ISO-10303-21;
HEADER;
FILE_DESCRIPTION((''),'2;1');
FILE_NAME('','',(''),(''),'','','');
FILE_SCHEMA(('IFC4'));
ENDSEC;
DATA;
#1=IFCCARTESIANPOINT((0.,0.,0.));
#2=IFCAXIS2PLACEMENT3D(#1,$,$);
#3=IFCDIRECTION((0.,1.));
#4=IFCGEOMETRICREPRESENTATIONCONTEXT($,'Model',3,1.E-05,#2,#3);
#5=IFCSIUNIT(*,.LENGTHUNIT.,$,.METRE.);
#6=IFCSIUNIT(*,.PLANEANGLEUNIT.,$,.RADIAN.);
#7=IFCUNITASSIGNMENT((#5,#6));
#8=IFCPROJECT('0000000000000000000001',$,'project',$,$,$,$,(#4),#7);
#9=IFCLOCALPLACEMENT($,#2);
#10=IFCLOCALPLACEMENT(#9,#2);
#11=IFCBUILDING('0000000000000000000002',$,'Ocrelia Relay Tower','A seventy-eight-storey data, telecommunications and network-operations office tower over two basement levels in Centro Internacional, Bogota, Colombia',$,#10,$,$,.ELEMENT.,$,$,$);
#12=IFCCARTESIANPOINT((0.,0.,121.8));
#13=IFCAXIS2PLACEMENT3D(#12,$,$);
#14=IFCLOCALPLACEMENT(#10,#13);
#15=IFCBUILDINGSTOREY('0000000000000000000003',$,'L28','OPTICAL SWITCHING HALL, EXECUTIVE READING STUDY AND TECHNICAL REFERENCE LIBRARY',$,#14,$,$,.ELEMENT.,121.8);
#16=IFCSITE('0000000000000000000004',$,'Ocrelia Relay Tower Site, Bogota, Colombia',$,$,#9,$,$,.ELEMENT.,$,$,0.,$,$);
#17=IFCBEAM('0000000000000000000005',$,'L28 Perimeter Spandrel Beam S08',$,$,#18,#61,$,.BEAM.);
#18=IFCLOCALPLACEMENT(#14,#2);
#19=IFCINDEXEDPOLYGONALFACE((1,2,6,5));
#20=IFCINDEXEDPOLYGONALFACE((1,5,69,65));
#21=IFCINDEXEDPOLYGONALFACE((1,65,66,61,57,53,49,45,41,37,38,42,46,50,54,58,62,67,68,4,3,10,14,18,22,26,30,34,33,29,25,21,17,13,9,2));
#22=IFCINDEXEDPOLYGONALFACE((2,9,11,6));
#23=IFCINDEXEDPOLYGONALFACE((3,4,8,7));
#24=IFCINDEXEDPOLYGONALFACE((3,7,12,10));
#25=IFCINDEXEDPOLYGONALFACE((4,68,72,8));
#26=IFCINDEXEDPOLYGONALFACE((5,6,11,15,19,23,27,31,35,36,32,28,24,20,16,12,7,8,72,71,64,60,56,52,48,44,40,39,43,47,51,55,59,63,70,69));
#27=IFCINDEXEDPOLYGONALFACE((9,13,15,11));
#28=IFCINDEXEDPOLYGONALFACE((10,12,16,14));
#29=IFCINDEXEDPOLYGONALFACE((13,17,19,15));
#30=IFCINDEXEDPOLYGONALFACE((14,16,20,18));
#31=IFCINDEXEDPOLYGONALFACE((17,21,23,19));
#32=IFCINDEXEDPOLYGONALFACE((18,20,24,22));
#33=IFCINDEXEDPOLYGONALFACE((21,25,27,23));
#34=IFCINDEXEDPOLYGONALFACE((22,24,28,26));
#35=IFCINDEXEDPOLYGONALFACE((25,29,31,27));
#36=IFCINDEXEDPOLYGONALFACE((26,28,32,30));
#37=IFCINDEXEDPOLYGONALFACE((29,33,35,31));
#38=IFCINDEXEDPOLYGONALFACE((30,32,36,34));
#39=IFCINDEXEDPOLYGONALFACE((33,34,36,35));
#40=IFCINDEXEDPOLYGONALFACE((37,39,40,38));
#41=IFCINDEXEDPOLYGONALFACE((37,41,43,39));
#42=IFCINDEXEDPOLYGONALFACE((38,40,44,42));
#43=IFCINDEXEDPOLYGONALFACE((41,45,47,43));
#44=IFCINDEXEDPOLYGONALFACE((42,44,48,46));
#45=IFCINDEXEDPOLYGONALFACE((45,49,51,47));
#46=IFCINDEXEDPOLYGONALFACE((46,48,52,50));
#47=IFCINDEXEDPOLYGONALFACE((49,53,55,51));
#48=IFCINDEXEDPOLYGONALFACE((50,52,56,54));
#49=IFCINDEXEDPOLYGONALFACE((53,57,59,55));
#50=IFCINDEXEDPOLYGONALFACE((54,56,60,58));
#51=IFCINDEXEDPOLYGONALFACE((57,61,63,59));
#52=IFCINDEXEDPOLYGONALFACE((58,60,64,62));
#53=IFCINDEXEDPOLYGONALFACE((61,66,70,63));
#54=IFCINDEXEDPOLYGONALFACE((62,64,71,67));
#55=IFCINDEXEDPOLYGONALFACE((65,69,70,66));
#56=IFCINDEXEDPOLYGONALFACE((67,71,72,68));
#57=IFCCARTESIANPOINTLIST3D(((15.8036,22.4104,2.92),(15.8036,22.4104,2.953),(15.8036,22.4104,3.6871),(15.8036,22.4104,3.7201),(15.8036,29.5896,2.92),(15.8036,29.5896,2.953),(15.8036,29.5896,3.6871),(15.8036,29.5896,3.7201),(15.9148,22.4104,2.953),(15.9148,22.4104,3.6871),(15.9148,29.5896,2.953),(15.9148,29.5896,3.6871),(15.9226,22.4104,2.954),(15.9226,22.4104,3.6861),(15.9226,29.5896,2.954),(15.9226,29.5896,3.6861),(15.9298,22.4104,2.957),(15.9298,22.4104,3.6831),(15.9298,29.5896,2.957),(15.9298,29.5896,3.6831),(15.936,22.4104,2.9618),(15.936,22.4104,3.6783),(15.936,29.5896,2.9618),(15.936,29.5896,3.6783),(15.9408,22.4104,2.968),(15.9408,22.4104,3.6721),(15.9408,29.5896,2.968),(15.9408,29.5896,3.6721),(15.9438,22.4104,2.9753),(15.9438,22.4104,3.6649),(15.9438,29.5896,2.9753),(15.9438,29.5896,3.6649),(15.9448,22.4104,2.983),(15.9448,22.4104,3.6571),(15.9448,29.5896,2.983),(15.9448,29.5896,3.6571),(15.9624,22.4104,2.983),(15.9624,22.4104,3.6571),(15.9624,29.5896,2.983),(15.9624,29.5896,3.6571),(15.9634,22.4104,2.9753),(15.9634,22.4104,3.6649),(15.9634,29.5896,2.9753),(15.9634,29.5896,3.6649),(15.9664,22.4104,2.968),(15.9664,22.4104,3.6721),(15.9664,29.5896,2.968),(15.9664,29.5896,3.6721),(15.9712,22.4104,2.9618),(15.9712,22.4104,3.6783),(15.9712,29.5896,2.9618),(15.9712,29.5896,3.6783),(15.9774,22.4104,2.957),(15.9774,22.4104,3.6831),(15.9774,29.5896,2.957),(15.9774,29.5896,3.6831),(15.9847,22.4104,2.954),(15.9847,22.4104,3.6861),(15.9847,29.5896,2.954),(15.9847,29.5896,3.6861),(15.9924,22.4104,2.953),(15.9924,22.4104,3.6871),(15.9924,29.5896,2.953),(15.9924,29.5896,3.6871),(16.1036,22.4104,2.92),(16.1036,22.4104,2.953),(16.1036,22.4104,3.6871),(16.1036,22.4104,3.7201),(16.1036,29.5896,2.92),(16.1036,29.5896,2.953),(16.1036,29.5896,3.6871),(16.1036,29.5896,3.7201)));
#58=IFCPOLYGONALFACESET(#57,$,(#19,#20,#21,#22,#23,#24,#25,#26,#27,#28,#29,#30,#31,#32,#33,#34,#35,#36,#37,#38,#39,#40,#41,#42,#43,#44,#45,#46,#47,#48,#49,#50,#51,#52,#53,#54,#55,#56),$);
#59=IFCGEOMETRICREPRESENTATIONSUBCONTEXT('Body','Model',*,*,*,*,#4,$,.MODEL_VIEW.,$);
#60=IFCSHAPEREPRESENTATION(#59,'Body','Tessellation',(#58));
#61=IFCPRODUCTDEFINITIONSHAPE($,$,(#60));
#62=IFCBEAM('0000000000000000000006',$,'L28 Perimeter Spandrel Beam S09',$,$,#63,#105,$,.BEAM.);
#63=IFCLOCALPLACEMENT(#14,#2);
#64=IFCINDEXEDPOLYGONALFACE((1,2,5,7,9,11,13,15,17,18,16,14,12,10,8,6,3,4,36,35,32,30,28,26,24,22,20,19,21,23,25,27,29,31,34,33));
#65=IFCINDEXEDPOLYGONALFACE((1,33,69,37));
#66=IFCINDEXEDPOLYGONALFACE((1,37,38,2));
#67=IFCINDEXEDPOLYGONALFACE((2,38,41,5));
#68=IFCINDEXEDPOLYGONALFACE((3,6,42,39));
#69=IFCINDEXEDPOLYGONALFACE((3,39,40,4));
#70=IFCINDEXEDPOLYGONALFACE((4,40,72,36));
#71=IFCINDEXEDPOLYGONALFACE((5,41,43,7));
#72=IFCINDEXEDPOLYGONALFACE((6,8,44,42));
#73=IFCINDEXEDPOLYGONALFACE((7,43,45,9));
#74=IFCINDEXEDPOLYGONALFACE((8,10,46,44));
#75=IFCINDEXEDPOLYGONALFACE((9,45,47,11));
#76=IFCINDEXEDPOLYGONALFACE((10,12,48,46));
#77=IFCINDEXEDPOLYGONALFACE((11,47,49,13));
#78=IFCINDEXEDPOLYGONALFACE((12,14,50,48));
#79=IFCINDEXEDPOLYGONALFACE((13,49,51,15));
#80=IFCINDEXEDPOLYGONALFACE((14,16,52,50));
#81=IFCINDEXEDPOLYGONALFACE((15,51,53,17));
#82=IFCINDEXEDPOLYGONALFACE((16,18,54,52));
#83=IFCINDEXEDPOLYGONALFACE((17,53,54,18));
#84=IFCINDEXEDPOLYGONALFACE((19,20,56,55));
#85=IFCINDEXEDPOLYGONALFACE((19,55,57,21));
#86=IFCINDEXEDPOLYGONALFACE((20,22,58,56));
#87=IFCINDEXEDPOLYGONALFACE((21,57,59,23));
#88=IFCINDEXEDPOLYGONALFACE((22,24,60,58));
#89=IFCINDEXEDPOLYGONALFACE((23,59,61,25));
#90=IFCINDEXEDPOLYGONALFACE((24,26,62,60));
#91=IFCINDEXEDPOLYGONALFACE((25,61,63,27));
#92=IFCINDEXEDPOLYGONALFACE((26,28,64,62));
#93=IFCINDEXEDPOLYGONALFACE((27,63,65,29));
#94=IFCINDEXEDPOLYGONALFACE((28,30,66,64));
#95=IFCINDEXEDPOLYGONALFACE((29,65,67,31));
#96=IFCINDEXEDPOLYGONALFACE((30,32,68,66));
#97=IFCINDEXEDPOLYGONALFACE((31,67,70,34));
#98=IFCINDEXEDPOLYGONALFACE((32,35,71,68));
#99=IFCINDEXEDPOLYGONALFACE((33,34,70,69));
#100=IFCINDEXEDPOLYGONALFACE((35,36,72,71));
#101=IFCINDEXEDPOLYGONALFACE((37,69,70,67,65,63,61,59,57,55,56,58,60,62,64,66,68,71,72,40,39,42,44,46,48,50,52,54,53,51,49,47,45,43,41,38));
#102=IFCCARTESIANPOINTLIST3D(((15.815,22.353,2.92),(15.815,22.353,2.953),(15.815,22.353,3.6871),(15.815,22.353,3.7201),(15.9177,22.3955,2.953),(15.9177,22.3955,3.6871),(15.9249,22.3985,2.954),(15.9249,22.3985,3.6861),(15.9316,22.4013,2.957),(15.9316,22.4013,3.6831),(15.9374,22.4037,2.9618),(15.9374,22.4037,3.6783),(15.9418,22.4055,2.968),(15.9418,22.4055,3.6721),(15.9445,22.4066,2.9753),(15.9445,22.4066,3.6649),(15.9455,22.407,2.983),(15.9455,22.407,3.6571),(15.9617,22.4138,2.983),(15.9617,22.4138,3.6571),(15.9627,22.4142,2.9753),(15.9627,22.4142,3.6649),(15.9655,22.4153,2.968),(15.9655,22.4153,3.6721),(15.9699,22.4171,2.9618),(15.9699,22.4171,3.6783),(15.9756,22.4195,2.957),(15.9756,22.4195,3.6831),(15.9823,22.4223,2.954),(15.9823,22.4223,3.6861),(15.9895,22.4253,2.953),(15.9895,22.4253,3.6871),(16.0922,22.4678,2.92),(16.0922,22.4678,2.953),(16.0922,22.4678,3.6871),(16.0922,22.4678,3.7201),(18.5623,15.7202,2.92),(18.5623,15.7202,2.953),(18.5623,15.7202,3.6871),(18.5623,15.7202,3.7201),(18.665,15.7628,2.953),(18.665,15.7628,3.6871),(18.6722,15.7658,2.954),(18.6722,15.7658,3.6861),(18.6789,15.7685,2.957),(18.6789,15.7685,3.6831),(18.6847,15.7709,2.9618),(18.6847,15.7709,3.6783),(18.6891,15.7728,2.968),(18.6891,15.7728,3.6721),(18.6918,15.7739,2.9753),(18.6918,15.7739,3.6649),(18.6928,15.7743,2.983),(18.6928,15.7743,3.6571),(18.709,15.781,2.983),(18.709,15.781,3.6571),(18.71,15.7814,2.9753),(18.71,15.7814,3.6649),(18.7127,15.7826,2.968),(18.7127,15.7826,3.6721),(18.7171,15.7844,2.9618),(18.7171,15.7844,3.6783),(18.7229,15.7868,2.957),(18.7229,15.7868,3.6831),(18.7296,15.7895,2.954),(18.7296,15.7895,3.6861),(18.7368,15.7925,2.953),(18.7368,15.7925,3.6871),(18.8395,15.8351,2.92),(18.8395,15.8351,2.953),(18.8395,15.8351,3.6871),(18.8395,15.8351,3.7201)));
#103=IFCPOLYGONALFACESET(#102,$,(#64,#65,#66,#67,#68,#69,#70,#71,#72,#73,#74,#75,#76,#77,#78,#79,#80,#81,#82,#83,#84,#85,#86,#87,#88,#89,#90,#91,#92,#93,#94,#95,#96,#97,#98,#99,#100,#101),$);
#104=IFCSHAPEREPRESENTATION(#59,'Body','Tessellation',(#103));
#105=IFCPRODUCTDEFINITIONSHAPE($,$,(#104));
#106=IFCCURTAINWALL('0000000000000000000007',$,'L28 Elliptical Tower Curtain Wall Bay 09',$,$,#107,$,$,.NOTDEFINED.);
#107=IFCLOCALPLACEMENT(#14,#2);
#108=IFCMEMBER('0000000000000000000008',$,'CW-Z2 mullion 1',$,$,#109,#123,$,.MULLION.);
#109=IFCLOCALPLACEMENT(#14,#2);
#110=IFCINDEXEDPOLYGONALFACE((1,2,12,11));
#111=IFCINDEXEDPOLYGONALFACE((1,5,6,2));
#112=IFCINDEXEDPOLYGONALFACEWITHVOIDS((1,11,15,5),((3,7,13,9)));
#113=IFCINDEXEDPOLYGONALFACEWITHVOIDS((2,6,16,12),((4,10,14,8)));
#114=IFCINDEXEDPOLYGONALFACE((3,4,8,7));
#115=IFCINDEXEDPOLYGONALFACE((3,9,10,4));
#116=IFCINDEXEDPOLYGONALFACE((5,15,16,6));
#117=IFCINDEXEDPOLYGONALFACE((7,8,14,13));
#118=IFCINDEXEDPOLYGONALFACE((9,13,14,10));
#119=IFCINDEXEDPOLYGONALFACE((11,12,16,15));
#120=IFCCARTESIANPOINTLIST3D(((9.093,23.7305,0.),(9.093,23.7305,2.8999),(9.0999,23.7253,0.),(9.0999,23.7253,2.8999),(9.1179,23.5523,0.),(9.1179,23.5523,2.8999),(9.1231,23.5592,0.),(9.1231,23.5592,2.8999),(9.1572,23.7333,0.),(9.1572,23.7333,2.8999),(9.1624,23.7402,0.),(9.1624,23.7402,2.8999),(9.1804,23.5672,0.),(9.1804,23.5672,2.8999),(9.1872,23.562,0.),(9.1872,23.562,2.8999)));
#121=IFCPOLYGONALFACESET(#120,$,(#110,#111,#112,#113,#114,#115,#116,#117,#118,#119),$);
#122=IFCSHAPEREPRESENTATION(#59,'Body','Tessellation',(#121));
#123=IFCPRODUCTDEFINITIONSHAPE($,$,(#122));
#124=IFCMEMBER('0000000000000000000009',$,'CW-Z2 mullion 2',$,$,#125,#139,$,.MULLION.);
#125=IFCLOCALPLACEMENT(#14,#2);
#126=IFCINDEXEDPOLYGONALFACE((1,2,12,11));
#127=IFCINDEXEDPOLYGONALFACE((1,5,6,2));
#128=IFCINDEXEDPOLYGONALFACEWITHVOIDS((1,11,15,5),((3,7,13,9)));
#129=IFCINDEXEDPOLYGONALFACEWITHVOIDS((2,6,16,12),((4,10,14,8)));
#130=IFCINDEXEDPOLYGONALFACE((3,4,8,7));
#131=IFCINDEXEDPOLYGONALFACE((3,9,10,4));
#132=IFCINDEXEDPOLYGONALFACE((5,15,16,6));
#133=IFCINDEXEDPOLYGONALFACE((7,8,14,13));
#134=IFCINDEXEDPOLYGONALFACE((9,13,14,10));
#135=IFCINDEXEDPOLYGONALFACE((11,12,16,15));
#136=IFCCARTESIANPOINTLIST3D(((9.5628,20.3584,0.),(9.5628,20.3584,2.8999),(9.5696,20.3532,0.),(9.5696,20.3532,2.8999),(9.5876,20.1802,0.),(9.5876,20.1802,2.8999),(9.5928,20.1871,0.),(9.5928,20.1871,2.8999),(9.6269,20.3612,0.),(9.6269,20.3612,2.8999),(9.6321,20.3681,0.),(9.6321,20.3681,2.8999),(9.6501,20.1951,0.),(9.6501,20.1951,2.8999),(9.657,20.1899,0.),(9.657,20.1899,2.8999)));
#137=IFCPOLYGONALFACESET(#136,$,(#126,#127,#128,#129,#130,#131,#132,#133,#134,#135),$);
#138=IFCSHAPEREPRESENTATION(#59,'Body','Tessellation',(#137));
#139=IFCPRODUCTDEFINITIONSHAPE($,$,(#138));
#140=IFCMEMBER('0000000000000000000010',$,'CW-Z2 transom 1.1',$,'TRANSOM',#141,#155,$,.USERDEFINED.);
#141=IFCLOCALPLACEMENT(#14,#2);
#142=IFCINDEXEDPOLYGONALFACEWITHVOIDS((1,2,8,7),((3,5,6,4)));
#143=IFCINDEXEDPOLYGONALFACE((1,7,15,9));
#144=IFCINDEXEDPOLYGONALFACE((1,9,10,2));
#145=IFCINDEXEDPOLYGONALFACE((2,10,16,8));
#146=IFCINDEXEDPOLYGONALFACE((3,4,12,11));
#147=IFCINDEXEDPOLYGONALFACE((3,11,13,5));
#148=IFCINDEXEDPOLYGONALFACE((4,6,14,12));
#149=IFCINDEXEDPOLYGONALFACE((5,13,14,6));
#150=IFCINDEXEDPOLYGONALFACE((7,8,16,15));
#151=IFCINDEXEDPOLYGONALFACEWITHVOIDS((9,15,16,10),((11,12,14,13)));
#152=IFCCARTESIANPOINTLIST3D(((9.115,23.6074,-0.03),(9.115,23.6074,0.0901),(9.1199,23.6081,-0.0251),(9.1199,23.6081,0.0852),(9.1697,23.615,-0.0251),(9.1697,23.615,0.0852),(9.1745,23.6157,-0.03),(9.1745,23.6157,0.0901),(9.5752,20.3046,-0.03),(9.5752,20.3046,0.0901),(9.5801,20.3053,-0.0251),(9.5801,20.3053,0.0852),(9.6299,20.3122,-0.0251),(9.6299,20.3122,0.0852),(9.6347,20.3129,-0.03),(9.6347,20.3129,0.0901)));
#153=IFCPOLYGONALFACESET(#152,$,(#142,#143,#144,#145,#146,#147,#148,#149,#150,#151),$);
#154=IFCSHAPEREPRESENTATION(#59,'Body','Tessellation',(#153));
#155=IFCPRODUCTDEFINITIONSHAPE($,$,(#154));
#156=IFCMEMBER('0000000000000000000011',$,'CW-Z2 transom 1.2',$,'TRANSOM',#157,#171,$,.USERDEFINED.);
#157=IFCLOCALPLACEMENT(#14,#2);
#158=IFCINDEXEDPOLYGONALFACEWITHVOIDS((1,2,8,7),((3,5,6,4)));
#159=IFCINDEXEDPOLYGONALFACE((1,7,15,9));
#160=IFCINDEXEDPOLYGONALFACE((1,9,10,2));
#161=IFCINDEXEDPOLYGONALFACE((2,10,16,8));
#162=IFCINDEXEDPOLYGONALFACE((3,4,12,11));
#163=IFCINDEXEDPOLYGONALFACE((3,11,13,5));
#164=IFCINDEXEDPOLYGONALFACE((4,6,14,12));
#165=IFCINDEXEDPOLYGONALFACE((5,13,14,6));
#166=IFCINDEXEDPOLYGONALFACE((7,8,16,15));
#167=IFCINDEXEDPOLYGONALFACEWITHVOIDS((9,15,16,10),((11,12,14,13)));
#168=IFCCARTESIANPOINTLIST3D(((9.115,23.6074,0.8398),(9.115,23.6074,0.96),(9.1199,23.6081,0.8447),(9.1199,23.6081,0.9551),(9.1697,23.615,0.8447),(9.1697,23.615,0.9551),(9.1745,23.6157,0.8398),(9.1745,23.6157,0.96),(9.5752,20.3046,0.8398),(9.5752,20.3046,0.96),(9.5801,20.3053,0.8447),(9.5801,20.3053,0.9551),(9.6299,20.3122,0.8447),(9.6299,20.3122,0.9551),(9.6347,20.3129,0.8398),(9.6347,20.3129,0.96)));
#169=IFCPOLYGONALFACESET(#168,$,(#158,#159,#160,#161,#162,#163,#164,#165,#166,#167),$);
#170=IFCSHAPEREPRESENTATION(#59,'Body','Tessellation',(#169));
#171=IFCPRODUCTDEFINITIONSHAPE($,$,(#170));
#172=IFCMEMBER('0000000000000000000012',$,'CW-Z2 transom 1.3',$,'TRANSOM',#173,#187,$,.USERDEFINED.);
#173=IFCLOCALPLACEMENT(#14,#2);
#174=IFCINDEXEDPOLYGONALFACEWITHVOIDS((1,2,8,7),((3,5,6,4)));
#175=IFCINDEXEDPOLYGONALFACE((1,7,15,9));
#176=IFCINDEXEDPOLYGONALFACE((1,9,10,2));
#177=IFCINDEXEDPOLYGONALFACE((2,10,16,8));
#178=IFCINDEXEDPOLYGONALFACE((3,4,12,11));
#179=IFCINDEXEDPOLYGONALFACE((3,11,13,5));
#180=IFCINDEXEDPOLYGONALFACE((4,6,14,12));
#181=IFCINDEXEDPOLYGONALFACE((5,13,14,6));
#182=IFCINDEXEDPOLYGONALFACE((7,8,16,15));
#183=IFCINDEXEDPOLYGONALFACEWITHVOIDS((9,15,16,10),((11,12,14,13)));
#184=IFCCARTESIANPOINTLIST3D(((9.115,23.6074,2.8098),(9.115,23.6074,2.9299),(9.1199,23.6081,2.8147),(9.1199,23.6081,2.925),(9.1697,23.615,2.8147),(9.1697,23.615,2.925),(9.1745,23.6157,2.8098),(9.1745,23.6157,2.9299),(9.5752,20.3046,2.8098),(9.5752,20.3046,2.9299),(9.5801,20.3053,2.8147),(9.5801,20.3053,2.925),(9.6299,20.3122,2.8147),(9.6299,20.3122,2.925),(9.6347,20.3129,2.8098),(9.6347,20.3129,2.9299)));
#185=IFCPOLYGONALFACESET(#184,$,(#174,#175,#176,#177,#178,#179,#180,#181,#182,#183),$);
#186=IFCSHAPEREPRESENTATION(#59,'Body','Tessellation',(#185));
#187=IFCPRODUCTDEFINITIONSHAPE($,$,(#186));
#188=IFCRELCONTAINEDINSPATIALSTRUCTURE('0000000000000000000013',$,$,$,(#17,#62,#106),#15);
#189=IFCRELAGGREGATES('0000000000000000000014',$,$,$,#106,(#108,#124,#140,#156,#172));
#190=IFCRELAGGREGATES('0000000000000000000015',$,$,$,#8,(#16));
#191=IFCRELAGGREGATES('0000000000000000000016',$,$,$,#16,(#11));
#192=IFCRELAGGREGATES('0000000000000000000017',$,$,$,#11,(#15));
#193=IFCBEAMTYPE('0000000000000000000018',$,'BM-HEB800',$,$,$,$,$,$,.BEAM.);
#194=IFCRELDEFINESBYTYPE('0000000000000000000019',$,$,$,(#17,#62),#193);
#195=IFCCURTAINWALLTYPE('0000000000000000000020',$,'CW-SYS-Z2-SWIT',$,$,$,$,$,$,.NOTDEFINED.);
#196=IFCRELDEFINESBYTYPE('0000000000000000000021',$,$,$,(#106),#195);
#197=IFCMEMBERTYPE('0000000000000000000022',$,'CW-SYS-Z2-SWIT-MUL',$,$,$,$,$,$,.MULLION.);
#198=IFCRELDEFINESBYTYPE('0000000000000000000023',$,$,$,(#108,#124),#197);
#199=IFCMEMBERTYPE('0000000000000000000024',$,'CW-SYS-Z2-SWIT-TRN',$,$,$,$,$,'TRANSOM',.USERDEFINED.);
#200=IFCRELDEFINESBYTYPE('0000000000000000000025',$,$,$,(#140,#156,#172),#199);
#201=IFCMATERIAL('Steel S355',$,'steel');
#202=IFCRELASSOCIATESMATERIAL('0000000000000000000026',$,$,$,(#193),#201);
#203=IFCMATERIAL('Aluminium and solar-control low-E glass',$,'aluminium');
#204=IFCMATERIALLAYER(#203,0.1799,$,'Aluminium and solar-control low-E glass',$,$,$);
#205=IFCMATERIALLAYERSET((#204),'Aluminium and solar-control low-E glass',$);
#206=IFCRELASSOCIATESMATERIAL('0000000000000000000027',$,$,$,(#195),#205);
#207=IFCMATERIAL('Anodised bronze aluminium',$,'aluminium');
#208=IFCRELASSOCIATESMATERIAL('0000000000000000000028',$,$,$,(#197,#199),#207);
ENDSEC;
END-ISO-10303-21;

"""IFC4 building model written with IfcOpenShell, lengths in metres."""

from ifc_helpers import new_model, si_unit, direction, frame, origin, origin_2d, place, context, subcontext, project, spatial, hollow_rectangle, i_section, extrude, material, layer, layer_set, material_profile, profile_set, type_object, element, aggregate, save


model = new_model("IFC4")

# Units and contexts
model_context = context("Model", 3, precision=1e-05, world=origin(), true_north=direction((0.0, 1.0)))
body_context = subcontext(model_context, "Body", "Model", "MODEL_VIEW")
ifc_project = project(units=[si_unit("LENGTHUNIT", "METRE"), si_unit("PLANEANGLEUNIT", "RADIAN")], contexts=[model_context])

# Site, building, storey
site_placement = place(None, origin())
site = spatial("IfcSite", under=ifc_project, at=site_placement, Name="Ocrelia Relay Tower Site, Bogota, Colombia", CompositionType="ELEMENT", RefElevation=0.0)
building_placement = place(site_placement, origin())
building = spatial("IfcBuilding", under=site, at=building_placement, Name="Ocrelia Relay Tower", Description="A seventy-eight-storey data, telecommunications and network-operations office tower over two basement levels in Centro Internacional, Bogota, Colombia", CompositionType="ELEMENT")
storey_placement = place(building_placement, frame((0.0, 0.0, 121.8)))
storey = spatial("IfcBuildingStorey", under=building, at=storey_placement, Name="L28", Description="OPTICAL SWITCHING HALL, EXECUTIVE READING STUDY AND TECHNICAL REFERENCE LIBRARY", CompositionType="ELEMENT", Elevation=121.8)

# Beams
ifc_material_1 = material(Name="Steel S355", Category="steel")
ifc_material_profile_1 = material_profile(ifc_material_1, i_section(OverallWidth=0.3, OverallDepth=0.8, WebThickness=0.0176, FlangeThickness=0.033, FilletRadius=0.03, at=origin_2d()), Name="HEB 800")
ifc_profile_set_1 = profile_set([ifc_material_profile_1], Name="Steel S355")
beam_type_1 = type_object("IfcBeamType", Name="BM-HEB800", PredefinedType="BEAM", material=ifc_profile_set_1)
for number, where, z_axis, x_axis, name in (
    (1, (15.9536, 29.5896, 3.3201), (0.0, -1.0, 0.0), (1.0, 0.0, 0.0), "L28 Perimeter Spandrel Beam S08"),
    (2, (15.9536, 22.4104, 3.3201), (0.382673, -0.923884, 0.0), (0.923884, 0.382673, 0.0), "L28 Perimeter Spandrel Beam S09"),
):
    element("IfcBeam", number, at=place(storey_placement, frame(where, z_axis=z_axis, x_axis=x_axis)), inside=storey, type_object=beam_type_1, Name=name, PredefinedType="BEAM", context=body_context, shape_type="SweptSolid", body=[
        extrude(i_section(OverallWidth=0.3, OverallDepth=0.8, WebThickness=0.0176, FlangeThickness=0.033, FilletRadius=0.03, at=origin_2d()), origin(), (0.0, 0.0, 1.0), 7.1792),
    ])

# Curtain wall, members
ifc_material_2 = material(Name="Aluminium and solar-control low-E glass", Category="aluminium")
ifc_layer_1 = layer(ifc_material_2, 0.1799, Name="Aluminium and solar-control low-E glass")
ifc_layer_set_1 = layer_set([ifc_layer_1], Name="Aluminium and solar-control low-E glass")
curtain_wall_type = type_object("IfcCurtainWallType", Name="CW-SYS-Z2-SWIT", PredefinedType="NOTDEFINED", material=ifc_layer_set_1)
curtain_wall_placement = place(storey_placement, origin())
curtain_wall = element("IfcCurtainWall", 3, at=curtain_wall_placement, inside=storey, type_object=curtain_wall_type, Name="L28 Elliptical Tower Curtain Wall Bay 09", PredefinedType="NOTDEFINED")
ifc_material_3 = material(Name="Anodised bronze aluminium", Category="aluminium")
ifc_material_profile_2 = material_profile(ifc_material_3, hollow_rectangle(XDim=0.0701, YDim=0.1799, WallThickness=0.0061, at=origin_2d()), Name="CW-MUL-180x70")
ifc_profile_set_2 = profile_set([ifc_material_profile_2], Name="Anodised bronze aluminium")
member_type_1 = type_object("IfcMemberType", Name="CW-SYS-Z2-SWIT-MUL", PredefinedType="MULLION", material=ifc_profile_set_2)
member_1_placement = place(storey_placement, frame((9.1401, 23.6462, 0.0), z_axis=(0.0, 0.0, 1.0), x_axis=(0.990435, 0.137983, 0.0)))
member_1 = element("IfcMember", 4, at=member_1_placement, type_object=member_type_1, Name="CW-Z2 mullion 1", PredefinedType="MULLION", context=body_context, shape_type="SweptSolid", body=[
    extrude(hollow_rectangle(XDim=0.0701, YDim=0.1799, WallThickness=0.0061, at=origin_2d()), origin(), (0.0, 0.0, 1.0), 2.8999),
])
member_2_placement = place(storey_placement, frame((9.6099, 20.2742, 0.0), z_axis=(0.0, 0.0, 1.0), x_axis=(0.990435, 0.137983, 0.0)))
member_2 = element("IfcMember", 5, at=member_2_placement, type_object=member_type_1, Name="CW-Z2 mullion 2", PredefinedType="MULLION", context=body_context, shape_type="SweptSolid", body=[
    extrude(hollow_rectangle(XDim=0.0701, YDim=0.1799, WallThickness=0.0061, at=origin_2d()), origin(), (0.0, 0.0, 1.0), 2.8999),
])
ifc_material_profile_3 = material_profile(ifc_material_3, hollow_rectangle(XDim=0.0601, YDim=0.1201, WallThickness=0.0049, at=origin_2d()), Name="CW-TRN-120x60")
ifc_profile_set_3 = profile_set([ifc_material_profile_3], Name="Anodised bronze aluminium")
member_type_2 = type_object("IfcMemberType", Name="CW-SYS-Z2-SWIT-TRN", ElementType="TRANSOM", PredefinedType="USERDEFINED", material=ifc_profile_set_3)
member_3_placement = place(storey_placement, frame((9.1448, 23.6116, 0.03), z_axis=(0.138007, -0.990431, 0.0), x_axis=(0.990431, 0.138007, 0.0)))
member_3 = element("IfcMember", 6, at=member_3_placement, type_object=member_type_2, Name="CW-Z2 transom 1.1", ObjectType="TRANSOM", PredefinedType="USERDEFINED", context=body_context, shape_type="SweptSolid", body=[
    extrude(hollow_rectangle(XDim=0.0601, YDim=0.1201, WallThickness=0.0049, at=origin_2d()), origin(), (0.0, 0.0, 1.0), 3.3347),
])
member_4_placement = place(storey_placement, frame((9.1448, 23.6116, 0.8999), z_axis=(0.138007, -0.990431, 0.0), x_axis=(0.990431, 0.138007, 0.0)))
member_4 = element("IfcMember", 7, at=member_4_placement, type_object=member_type_2, Name="CW-Z2 transom 1.2", ObjectType="TRANSOM", PredefinedType="USERDEFINED", context=body_context, shape_type="SweptSolid", body=[
    extrude(hollow_rectangle(XDim=0.0601, YDim=0.1201, WallThickness=0.0049, at=origin_2d()), origin(), (0.0, 0.0, 1.0), 3.3347),
])
member_5_placement = place(storey_placement, frame((9.1448, 23.6116, 2.8699), z_axis=(0.138007, -0.990431, 0.0), x_axis=(0.990431, 0.138007, 0.0)))
member_5 = element("IfcMember", 8, at=member_5_placement, type_object=member_type_2, Name="CW-Z2 transom 1.3", ObjectType="TRANSOM", PredefinedType="USERDEFINED", context=body_context, shape_type="SweptSolid", body=[
    extrude(hollow_rectangle(XDim=0.0601, YDim=0.1201, WallThickness=0.0049, at=origin_2d()), origin(), (0.0, 0.0, 1.0), 3.3347),
])
aggregate(curtain_wall, [member_1, member_2, member_3, member_4, member_5])

save(model, "model.ifc")
